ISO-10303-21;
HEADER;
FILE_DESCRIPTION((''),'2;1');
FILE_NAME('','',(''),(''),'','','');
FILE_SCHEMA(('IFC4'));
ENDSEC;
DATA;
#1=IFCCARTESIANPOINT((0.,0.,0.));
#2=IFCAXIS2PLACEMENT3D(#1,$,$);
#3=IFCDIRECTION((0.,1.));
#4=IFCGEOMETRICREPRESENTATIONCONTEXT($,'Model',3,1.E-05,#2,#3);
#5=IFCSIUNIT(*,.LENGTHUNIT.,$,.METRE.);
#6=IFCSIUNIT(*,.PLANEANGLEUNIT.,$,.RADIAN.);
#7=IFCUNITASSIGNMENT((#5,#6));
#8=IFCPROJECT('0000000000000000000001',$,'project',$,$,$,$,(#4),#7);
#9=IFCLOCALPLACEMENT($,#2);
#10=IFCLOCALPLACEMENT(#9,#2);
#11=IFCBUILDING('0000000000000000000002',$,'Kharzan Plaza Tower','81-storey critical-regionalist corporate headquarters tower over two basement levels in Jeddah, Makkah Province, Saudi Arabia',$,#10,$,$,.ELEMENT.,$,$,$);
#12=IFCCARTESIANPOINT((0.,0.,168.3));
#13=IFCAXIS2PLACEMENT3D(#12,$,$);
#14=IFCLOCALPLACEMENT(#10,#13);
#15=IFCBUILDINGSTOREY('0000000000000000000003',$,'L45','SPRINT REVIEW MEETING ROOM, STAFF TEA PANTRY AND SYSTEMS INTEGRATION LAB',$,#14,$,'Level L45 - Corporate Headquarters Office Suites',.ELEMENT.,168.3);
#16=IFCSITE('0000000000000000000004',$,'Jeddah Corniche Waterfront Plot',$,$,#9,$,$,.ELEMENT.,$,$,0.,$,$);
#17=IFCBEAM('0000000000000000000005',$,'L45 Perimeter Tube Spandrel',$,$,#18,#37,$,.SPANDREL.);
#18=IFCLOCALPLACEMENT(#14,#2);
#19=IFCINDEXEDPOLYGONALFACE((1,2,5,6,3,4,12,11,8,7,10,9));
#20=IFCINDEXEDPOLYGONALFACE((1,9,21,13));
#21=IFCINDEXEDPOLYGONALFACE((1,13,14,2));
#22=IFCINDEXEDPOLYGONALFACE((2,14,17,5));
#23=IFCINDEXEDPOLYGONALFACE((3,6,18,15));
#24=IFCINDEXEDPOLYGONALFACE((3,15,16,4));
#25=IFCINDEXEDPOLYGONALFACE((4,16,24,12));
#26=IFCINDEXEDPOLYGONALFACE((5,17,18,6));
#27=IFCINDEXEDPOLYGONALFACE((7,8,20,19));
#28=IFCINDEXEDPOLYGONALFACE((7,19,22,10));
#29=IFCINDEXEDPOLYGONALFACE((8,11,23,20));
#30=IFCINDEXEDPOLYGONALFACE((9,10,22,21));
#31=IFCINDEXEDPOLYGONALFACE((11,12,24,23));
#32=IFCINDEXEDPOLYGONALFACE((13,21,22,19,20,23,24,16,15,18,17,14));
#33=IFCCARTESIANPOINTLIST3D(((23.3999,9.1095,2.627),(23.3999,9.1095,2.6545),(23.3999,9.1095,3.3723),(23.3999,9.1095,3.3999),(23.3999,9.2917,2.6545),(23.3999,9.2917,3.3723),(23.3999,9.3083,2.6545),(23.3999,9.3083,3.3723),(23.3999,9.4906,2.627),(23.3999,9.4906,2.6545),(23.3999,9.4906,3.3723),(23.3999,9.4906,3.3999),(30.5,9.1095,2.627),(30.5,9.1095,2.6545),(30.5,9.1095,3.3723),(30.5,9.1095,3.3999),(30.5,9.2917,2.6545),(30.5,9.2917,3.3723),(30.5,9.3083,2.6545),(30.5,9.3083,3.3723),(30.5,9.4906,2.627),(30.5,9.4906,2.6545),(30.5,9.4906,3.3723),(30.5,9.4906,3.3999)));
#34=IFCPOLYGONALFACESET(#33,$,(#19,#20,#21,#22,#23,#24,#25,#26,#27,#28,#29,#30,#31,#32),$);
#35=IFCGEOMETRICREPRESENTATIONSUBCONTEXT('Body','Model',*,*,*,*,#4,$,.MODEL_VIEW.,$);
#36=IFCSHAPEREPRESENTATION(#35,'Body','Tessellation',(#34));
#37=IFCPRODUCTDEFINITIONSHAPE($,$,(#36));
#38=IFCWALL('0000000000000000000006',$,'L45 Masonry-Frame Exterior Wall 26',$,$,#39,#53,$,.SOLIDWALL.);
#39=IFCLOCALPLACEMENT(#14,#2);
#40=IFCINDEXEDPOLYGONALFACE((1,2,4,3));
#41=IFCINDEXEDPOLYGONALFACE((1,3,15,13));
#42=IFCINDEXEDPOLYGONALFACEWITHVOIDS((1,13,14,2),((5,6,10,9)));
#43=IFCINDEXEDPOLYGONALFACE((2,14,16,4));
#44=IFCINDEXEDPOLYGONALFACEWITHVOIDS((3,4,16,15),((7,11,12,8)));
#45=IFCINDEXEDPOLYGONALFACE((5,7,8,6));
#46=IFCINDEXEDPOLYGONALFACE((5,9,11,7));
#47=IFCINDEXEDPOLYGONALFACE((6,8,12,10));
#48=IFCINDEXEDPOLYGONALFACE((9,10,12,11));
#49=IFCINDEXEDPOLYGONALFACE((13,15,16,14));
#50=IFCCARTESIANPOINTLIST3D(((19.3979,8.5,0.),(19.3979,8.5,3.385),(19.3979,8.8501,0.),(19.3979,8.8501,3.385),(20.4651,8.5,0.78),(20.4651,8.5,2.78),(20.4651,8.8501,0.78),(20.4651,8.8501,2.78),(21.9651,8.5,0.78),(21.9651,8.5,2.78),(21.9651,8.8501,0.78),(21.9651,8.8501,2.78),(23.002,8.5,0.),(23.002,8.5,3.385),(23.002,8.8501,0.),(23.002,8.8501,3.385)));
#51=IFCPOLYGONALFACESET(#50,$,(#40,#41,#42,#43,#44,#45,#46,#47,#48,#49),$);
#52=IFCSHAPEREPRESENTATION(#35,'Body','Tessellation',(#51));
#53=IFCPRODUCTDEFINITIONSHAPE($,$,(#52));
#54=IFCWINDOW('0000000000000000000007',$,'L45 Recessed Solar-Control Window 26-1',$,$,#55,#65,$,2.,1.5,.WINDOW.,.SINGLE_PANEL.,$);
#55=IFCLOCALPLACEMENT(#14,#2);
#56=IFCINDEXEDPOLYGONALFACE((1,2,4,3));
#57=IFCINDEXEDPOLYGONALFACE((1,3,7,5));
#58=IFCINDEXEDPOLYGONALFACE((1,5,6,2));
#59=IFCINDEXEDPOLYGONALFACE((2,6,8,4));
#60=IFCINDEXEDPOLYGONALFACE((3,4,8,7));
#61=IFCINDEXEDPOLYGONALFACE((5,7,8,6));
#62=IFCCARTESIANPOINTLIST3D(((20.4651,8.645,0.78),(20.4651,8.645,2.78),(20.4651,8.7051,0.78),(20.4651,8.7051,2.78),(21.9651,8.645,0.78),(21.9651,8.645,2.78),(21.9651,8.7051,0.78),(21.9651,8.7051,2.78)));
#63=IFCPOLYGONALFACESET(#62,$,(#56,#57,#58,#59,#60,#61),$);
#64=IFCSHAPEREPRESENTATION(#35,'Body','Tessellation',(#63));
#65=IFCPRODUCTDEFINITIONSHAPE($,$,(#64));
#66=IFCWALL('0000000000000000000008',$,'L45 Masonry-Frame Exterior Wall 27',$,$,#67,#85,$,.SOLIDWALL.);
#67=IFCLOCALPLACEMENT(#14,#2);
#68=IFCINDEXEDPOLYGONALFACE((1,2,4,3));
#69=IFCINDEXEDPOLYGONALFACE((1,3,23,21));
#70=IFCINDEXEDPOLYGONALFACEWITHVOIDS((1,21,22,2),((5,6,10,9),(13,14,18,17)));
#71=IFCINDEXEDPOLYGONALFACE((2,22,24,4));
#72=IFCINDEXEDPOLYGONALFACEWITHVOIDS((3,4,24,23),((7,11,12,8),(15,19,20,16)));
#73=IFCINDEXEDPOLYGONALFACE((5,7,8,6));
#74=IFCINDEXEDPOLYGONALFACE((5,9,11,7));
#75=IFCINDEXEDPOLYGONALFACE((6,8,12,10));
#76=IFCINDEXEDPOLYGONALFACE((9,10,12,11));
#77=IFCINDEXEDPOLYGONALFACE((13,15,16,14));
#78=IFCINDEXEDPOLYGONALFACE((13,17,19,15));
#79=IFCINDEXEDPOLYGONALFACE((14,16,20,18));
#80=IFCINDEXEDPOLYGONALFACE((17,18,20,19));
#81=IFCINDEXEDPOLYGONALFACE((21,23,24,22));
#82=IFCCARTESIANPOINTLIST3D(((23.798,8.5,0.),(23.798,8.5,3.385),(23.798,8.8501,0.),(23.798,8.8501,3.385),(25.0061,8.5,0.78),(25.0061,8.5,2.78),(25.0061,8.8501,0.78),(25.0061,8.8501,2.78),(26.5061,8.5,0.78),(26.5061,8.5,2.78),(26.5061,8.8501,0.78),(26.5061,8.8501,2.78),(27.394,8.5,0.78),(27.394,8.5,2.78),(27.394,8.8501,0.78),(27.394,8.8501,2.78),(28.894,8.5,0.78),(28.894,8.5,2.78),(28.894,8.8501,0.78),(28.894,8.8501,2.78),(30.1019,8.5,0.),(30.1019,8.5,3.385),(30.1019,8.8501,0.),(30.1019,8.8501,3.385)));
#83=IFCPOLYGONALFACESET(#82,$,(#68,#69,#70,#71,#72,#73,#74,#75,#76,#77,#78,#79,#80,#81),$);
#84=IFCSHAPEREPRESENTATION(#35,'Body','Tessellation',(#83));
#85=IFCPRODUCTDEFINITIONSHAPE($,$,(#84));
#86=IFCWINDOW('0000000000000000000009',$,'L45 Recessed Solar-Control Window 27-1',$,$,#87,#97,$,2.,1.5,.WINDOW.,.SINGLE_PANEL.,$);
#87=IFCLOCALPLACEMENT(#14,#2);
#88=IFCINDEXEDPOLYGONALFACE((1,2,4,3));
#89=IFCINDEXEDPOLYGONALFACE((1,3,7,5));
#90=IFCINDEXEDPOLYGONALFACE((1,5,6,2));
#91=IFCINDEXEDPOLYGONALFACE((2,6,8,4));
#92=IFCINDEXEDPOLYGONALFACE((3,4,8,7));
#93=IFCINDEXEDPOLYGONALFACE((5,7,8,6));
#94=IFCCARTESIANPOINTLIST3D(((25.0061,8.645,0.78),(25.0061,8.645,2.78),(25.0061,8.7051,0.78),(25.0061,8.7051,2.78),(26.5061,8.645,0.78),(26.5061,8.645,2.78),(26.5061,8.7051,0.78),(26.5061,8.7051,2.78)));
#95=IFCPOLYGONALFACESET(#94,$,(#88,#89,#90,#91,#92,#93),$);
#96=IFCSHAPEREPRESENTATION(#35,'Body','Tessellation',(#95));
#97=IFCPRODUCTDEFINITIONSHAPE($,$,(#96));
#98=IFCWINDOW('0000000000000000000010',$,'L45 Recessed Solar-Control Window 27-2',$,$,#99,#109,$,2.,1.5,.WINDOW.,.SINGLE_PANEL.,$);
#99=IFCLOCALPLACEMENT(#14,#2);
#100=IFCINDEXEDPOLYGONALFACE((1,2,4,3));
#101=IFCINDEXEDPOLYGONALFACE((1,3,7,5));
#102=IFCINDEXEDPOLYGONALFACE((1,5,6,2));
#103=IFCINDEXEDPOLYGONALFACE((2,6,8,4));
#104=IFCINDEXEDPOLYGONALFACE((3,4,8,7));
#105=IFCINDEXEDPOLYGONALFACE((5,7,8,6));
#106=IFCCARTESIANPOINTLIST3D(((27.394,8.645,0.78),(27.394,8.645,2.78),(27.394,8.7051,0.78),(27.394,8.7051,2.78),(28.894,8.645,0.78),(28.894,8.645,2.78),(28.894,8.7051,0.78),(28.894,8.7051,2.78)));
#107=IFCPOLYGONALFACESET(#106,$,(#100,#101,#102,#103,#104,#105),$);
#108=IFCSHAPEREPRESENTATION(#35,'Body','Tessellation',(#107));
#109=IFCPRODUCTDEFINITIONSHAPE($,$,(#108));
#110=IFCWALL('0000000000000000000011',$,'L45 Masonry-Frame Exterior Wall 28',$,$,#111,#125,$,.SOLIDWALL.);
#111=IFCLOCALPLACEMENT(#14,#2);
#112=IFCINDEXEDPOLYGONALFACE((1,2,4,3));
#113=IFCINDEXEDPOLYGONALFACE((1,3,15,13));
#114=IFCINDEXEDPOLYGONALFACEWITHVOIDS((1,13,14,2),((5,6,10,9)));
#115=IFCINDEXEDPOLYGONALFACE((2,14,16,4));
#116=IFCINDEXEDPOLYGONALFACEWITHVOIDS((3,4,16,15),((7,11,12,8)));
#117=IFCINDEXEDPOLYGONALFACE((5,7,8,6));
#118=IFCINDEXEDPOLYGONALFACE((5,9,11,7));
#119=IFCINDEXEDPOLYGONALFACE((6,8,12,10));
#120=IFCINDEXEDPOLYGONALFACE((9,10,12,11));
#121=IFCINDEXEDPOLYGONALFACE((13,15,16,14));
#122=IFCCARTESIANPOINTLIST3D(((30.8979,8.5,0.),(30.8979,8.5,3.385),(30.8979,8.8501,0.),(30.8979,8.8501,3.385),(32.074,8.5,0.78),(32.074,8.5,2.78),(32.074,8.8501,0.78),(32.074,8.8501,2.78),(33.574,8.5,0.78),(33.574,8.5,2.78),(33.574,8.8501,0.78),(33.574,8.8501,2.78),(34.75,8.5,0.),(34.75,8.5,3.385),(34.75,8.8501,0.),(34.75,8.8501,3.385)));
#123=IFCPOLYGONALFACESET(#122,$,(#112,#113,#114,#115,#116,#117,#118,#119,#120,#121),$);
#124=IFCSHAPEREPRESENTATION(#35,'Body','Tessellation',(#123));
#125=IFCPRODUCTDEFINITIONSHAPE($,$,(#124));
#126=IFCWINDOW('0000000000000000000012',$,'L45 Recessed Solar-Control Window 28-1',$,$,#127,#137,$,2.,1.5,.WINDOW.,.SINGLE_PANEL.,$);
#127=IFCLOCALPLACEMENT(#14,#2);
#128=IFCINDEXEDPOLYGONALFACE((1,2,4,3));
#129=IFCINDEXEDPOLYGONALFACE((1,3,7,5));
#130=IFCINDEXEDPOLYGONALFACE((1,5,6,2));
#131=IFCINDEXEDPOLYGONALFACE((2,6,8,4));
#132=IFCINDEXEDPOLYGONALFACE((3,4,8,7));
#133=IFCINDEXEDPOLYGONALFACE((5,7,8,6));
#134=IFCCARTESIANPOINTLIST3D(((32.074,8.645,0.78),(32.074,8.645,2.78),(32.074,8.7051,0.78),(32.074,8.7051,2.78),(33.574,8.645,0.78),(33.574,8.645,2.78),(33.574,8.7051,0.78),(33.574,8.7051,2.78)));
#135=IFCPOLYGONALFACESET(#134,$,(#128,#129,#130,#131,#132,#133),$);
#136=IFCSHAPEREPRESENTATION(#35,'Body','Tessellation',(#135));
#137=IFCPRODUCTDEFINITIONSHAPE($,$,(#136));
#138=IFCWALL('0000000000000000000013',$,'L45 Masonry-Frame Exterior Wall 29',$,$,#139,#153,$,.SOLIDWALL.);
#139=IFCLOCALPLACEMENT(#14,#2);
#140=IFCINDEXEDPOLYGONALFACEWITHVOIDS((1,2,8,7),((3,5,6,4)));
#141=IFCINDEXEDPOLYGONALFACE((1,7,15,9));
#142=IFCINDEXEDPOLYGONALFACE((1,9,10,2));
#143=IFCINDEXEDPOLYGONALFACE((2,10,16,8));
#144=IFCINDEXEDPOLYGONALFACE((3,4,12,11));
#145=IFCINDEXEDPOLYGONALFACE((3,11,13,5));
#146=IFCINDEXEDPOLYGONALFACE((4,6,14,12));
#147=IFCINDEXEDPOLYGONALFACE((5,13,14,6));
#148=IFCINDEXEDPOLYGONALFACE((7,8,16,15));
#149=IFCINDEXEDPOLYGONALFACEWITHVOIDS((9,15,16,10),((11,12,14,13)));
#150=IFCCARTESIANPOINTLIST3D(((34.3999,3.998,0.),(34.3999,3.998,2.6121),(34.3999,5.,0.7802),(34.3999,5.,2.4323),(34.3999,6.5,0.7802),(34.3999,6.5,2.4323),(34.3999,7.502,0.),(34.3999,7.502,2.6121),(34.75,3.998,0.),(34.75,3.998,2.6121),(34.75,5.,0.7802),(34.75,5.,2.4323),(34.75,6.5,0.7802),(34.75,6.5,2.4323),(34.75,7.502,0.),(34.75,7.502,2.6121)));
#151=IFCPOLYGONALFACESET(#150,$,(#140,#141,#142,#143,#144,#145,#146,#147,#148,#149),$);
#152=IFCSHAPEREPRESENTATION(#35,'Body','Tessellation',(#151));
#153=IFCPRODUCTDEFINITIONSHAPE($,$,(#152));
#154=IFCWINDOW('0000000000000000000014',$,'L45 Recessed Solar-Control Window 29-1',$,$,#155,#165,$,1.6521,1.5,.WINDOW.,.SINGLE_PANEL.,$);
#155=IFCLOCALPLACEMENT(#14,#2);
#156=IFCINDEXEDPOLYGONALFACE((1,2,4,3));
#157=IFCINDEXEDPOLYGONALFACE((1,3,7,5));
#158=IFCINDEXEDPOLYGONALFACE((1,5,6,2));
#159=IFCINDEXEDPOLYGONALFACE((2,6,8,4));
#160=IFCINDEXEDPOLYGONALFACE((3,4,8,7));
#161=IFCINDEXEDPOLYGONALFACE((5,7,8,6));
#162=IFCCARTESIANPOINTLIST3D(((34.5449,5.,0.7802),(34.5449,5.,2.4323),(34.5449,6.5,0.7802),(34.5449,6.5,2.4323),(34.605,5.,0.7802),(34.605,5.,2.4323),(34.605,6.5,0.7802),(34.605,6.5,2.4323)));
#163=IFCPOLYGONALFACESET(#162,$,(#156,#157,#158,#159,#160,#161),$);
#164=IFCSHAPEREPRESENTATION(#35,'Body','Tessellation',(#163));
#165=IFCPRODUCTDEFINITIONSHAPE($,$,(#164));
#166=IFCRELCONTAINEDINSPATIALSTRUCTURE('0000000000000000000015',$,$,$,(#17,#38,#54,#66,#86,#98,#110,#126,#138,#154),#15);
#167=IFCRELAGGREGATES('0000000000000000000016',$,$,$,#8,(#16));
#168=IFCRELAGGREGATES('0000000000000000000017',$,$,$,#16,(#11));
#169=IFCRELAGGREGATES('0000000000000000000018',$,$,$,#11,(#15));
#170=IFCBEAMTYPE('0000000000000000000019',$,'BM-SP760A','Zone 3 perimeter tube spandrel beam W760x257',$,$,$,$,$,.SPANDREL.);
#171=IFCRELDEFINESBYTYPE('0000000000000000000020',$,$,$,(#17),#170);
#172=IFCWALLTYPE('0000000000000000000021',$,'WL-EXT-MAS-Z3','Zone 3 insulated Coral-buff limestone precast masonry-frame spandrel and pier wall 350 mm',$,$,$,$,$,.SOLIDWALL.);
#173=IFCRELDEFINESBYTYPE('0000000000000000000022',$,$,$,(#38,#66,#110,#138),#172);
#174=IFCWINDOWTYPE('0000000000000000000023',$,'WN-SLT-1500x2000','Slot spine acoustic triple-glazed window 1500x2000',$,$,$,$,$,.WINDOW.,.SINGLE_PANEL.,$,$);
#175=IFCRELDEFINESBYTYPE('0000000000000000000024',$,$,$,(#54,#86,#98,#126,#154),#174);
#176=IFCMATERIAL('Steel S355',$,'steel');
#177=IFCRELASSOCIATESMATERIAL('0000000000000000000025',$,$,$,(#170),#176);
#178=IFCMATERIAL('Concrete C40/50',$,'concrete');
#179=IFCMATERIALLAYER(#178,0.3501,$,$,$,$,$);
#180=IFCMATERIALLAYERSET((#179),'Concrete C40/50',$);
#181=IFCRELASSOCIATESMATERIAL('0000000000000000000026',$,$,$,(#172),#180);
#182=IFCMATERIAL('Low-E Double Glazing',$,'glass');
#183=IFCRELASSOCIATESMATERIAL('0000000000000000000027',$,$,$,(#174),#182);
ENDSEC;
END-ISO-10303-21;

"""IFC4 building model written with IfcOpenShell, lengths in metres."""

from ifc_helpers import new_model, si_unit, direction, frame, frame_2d, origin, origin_2d, place, context, subcontext, project, spatial, rectangle, i_section, extrude, source, transform, mapped, material, layer, layer_set, material_profile, profile_set, type_object, element, fill, save


model = new_model("IFC4")

# Units and contexts
model_context = context("Model", 3, precision=1e-05, world=origin(), true_north=direction((0.0, 1.0)))
body_context = subcontext(model_context, "Body", "Model", "MODEL_VIEW")
ifc_project = project(units=[si_unit("LENGTHUNIT", "METRE"), si_unit("PLANEANGLEUNIT", "RADIAN")], contexts=[model_context])

# Site, building, storey
site_placement = place(None, origin())
site = spatial("IfcSite", under=ifc_project, at=site_placement, Name="Jeddah Corniche Waterfront Plot", CompositionType="ELEMENT", RefElevation=0.0)
building_placement = place(site_placement, origin())
building = spatial("IfcBuilding", under=site, at=building_placement, Name="Kharzan Plaza Tower", Description="81-storey critical-regionalist corporate headquarters tower over two basement levels in Jeddah, Makkah Province, Saudi Arabia", CompositionType="ELEMENT")
storey_placement = place(building_placement, frame((0.0, 0.0, 168.3)))
storey = spatial("IfcBuildingStorey", under=building, at=storey_placement, Name="L45", Description="SPRINT REVIEW MEETING ROOM, STAFF TEA PANTRY AND SYSTEMS INTEGRATION LAB", LongName="Level L45 - Corporate Headquarters Office Suites", CompositionType="ELEMENT", Elevation=168.3)

# Beam
ifc_material_1 = material(Name="Steel S355", Category="steel")
ifc_material_profile_1 = material_profile(ifc_material_1, i_section(OverallWidth=0.3811, OverallDepth=0.7729, WebThickness=0.0166, FlangeThickness=0.0276, at=origin_2d()), Name="W760x257")
ifc_profile_set_1 = profile_set([ifc_material_profile_1], Name="Steel S355")
beam_type_1 = type_object("IfcBeamType", Name="BM-SP760A", Description="Zone 3 perimeter tube spandrel beam W760x257", PredefinedType="SPANDREL", material=ifc_profile_set_1)
shared_shape_1 = source(origin(), body_context, "Body", "SweptSolid", [
    extrude(i_section(OverallWidth=0.3811, OverallDepth=0.7729, WebThickness=0.0166, FlangeThickness=0.0276, at=origin_2d()), origin(), (0.0, 0.0, 1.0), 7.1001),
])
beam_1_placement = place(storey_placement, frame((23.3999, 9.3, 3.0134), z_axis=(1.0, 0.0, 0.0), x_axis=(0.0, 1.0, 0.0)))
element("IfcBeam", 1, at=beam_1_placement, inside=storey, type_object=beam_type_1, Name="L45 Perimeter Tube Spandrel", PredefinedType="SPANDREL", context=body_context, shape_type="MappedRepresentation", body=[
    mapped(shared_shape_1, transform((0.0, 0.0, 0.0), x_axis=(1.0, 0.0, 0.0), y_axis=(0.0, 1.0, 0.0), z_axis=(0.0, 0.0, 1.0))),
])

# Wall, opening, window
ifc_material_2 = material(Name="Concrete C40/50", Category="concrete")
ifc_layer_1 = layer(ifc_material_2, 0.3501)
ifc_layer_set_1 = layer_set([ifc_layer_1], Name="Concrete C40/50")
wall_type_1 = type_object("IfcWallType", Name="WL-EXT-MAS-Z3", Description="Zone 3 insulated Coral-buff limestone precast masonry-frame spandrel and pier wall 350 mm", PredefinedType="SOLIDWALL", material=ifc_layer_set_1)
wall_1_placement = place(storey_placement, frame((19.3979, 8.675, 0.0), z_axis=(0.0, 0.0, 1.0), x_axis=(1.0, 0.0, 0.0)))
wall_1 = element("IfcWall", 2, at=wall_1_placement, inside=storey, type_object=wall_type_1, Name="L45 Masonry-Frame Exterior Wall 26", PredefinedType="SOLIDWALL", context=body_context, shape_type="SweptSolid", body=[
    extrude(rectangle(XDim=3.604, YDim=0.3501, at=frame_2d((1.802, 0.0))), origin(), (0.0, 0.0, 1.0), 3.385),
])
opening_1_placement = place(wall_1_placement, frame((1.0671, 0.0, 0.78)))
opening_1 = element("IfcOpeningElement", 3, at=opening_1_placement, cuts=wall_1, PredefinedType="OPENING", context=body_context, shape_type="SweptSolid", body=[
    extrude(rectangle(XDim=1.5, YDim=2.0, at=frame_2d((0.75, 1.0))), frame((0.0, 0.1851, 0.0), z_axis=(0.0, -1.0, 0.0), x_axis=(1.0, 0.0, 0.0)), (0.0, 0.0, 1.0), 0.3701),
])
ifc_material_3 = material(Name="Low-E Double Glazing", Category="glass")
window_type = type_object("IfcWindowType", Name="WN-SLT-1500x2000", Description="Slot spine acoustic triple-glazed window 1500x2000", PartitioningType="SINGLE_PANEL", PredefinedType="WINDOW", material=ifc_material_3)
shared_shape_2 = source(origin(), body_context, "Body", "SweptSolid", [
    extrude(rectangle(XDim=1.5, YDim=2.0, at=frame_2d((0.75, 1.0))), frame((0.0, 0.03, 0.0), z_axis=(0.0, -1.0, 0.0), x_axis=(1.0, 0.0, 0.0)), (0.0, 0.0, 1.0), 0.0601),
])
window_1_placement = place(opening_1_placement, origin())
window_1 = element("IfcWindow", 4, at=window_1_placement, inside=storey, type_object=window_type, Name="L45 Recessed Solar-Control Window 26-1", OverallHeight=2.0, OverallWidth=1.5, PartitioningType="SINGLE_PANEL", PredefinedType="WINDOW", context=body_context, shape_type="MappedRepresentation", body=[
    mapped(shared_shape_2, transform((0.0, 0.0, 0.0), x_axis=(1.0, 0.0, 0.0), y_axis=(0.0, 1.0, 0.0), z_axis=(0.0, 0.0, 1.0))),
])
fill(opening_1, window_1)

# Wall, openings, windows
wall_2_placement = place(storey_placement, frame((23.7981, 8.675, 0.0), z_axis=(0.0, 0.0, 1.0), x_axis=(1.0, 0.0, 0.0)))
wall_2 = element("IfcWall", 5, at=wall_2_placement, inside=storey, type_object=wall_type_1, Name="L45 Masonry-Frame Exterior Wall 27", PredefinedType="SOLIDWALL", context=body_context, shape_type="SweptSolid", body=[
    extrude(rectangle(XDim=6.304, YDim=0.3501, at=frame_2d((3.1519, 0.0))), origin(), (0.0, 0.0, 1.0), 3.385),
])
opening_2_placement = place(wall_2_placement, frame((1.208, 0.0, 0.78)))
opening_2 = element("IfcOpeningElement", 6, at=opening_2_placement, cuts=wall_2, PredefinedType="OPENING", context=body_context, shape_type="SweptSolid", body=[
    extrude(rectangle(XDim=1.5, YDim=2.0, at=frame_2d((0.75, 1.0))), frame((0.0, 0.1851, 0.0), z_axis=(0.0, -1.0, 0.0), x_axis=(1.0, 0.0, 0.0)), (0.0, 0.0, 1.0), 0.3701),
])
opening_3_placement = place(wall_2_placement, frame((3.5959, 0.0, 0.78)))
opening_3 = element("IfcOpeningElement", 7, at=opening_3_placement, cuts=wall_2, PredefinedType="OPENING", context=body_context, shape_type="SweptSolid", body=[
    extrude(rectangle(XDim=1.5, YDim=2.0, at=frame_2d((0.75, 1.0))), frame((0.0, 0.1851, 0.0), z_axis=(0.0, -1.0, 0.0), x_axis=(1.0, 0.0, 0.0)), (0.0, 0.0, 1.0), 0.3701),
])
window_2_placement = place(opening_2_placement, origin())
window_2 = element("IfcWindow", 8, at=window_2_placement, inside=storey, type_object=window_type, Name="L45 Recessed Solar-Control Window 27-1", OverallHeight=2.0, OverallWidth=1.5, PartitioningType="SINGLE_PANEL", PredefinedType="WINDOW", context=body_context, shape_type="MappedRepresentation", body=[
    mapped(shared_shape_2, transform((0.0, 0.0, 0.0), x_axis=(1.0, 0.0, 0.0), y_axis=(0.0, 1.0, 0.0), z_axis=(0.0, 0.0, 1.0))),
])
fill(opening_2, window_2)
window_3_placement = place(opening_3_placement, origin())
window_3 = element("IfcWindow", 9, at=window_3_placement, inside=storey, type_object=window_type, Name="L45 Recessed Solar-Control Window 27-2", OverallHeight=2.0, OverallWidth=1.5, PartitioningType="SINGLE_PANEL", PredefinedType="WINDOW", context=body_context, shape_type="MappedRepresentation", body=[
    mapped(shared_shape_2, transform((0.0, 0.0, 0.0), x_axis=(1.0, 0.0, 0.0), y_axis=(0.0, 1.0, 0.0), z_axis=(0.0, 0.0, 1.0))),
])
fill(opening_3, window_3)

# Walls, openings, windows
wall_3_placement = place(storey_placement, frame((30.8979, 8.675, 0.0), z_axis=(0.0, 0.0, 1.0), x_axis=(1.0, 0.0, 0.0)))
wall_3 = element("IfcWall", 10, at=wall_3_placement, inside=storey, type_object=wall_type_1, Name="L45 Masonry-Frame Exterior Wall 28", PredefinedType="SOLIDWALL", context=body_context, shape_type="SweptSolid", body=[
    extrude(rectangle(XDim=3.8521, YDim=0.3501, at=frame_2d((1.926, 0.0))), origin(), (0.0, 0.0, 1.0), 3.385),
])
opening_4_placement = place(wall_3_placement, frame((1.176, 0.0, 0.78)))
opening_4 = element("IfcOpeningElement", 11, at=opening_4_placement, cuts=wall_3, PredefinedType="OPENING", context=body_context, shape_type="SweptSolid", body=[
    extrude(rectangle(XDim=1.5, YDim=2.0, at=frame_2d((0.75, 1.0))), frame((0.0, 0.1851, 0.0), z_axis=(0.0, -1.0, 0.0), x_axis=(1.0, 0.0, 0.0)), (0.0, 0.0, 1.0), 0.3701),
])
window_4_placement = place(opening_4_placement, origin())
window_4 = element("IfcWindow", 12, at=window_4_placement, inside=storey, type_object=window_type, Name="L45 Recessed Solar-Control Window 28-1", OverallHeight=2.0, OverallWidth=1.5, PartitioningType="SINGLE_PANEL", PredefinedType="WINDOW", context=body_context, shape_type="MappedRepresentation", body=[
    mapped(shared_shape_2, transform((0.0, 0.0, 0.0), x_axis=(1.0, 0.0, 0.0), y_axis=(0.0, 1.0, 0.0), z_axis=(0.0, 0.0, 1.0))),
])
fill(opening_4, window_4)
wall_4_placement = place(storey_placement, frame((34.575, 7.502, 0.0), z_axis=(0.0, 0.0, 1.0), x_axis=(0.0, -1.0, 0.0)))
wall_4 = element("IfcWall", 13, at=wall_4_placement, inside=storey, type_object=wall_type_1, Name="L45 Masonry-Frame Exterior Wall 29", PredefinedType="SOLIDWALL", context=body_context, shape_type="SweptSolid", body=[
    extrude(rectangle(XDim=3.5039, YDim=0.3501, at=frame_2d((1.752, 0.0))), origin(), (0.0, 0.0, 1.0), 2.6121),
])
opening_5_placement = place(wall_4_placement, frame((1.002, 0.0, 0.78)))
opening_5 = element("IfcOpeningElement", 14, at=opening_5_placement, cuts=wall_4, PredefinedType="OPENING", context=body_context, shape_type="SweptSolid", body=[
    extrude(rectangle(XDim=1.5, YDim=1.6521, at=frame_2d((0.75, 0.8262))), frame((0.0, 0.1851, 0.0), z_axis=(0.0, -1.0, 0.0), x_axis=(1.0, 0.0, 0.0)), (0.0, 0.0, 1.0), 0.3701),
])
shared_shape_3 = source(origin(), body_context, "Body", "SweptSolid", [
    extrude(rectangle(XDim=1.5, YDim=1.6521, at=frame_2d((0.75, 0.8262))), frame((0.0, 0.03, 0.0), z_axis=(0.0, -1.0, 0.0), x_axis=(1.0, 0.0, 0.0)), (0.0, 0.0, 1.0), 0.0601),
])
window_5_placement = place(opening_5_placement, origin())
window_5 = element("IfcWindow", 15, at=window_5_placement, inside=storey, type_object=window_type, Name="L45 Recessed Solar-Control Window 29-1", OverallHeight=1.6521, OverallWidth=1.5, PartitioningType="SINGLE_PANEL", PredefinedType="WINDOW", context=body_context, shape_type="MappedRepresentation", body=[
    mapped(shared_shape_3, transform((0.0, 0.0, 0.0), x_axis=(1.0, 0.0, 0.0), y_axis=(0.0, 1.0, 0.0), z_axis=(0.0, 0.0, 1.0))),
])
fill(opening_5, window_5)

save(model, "model.ifc")
